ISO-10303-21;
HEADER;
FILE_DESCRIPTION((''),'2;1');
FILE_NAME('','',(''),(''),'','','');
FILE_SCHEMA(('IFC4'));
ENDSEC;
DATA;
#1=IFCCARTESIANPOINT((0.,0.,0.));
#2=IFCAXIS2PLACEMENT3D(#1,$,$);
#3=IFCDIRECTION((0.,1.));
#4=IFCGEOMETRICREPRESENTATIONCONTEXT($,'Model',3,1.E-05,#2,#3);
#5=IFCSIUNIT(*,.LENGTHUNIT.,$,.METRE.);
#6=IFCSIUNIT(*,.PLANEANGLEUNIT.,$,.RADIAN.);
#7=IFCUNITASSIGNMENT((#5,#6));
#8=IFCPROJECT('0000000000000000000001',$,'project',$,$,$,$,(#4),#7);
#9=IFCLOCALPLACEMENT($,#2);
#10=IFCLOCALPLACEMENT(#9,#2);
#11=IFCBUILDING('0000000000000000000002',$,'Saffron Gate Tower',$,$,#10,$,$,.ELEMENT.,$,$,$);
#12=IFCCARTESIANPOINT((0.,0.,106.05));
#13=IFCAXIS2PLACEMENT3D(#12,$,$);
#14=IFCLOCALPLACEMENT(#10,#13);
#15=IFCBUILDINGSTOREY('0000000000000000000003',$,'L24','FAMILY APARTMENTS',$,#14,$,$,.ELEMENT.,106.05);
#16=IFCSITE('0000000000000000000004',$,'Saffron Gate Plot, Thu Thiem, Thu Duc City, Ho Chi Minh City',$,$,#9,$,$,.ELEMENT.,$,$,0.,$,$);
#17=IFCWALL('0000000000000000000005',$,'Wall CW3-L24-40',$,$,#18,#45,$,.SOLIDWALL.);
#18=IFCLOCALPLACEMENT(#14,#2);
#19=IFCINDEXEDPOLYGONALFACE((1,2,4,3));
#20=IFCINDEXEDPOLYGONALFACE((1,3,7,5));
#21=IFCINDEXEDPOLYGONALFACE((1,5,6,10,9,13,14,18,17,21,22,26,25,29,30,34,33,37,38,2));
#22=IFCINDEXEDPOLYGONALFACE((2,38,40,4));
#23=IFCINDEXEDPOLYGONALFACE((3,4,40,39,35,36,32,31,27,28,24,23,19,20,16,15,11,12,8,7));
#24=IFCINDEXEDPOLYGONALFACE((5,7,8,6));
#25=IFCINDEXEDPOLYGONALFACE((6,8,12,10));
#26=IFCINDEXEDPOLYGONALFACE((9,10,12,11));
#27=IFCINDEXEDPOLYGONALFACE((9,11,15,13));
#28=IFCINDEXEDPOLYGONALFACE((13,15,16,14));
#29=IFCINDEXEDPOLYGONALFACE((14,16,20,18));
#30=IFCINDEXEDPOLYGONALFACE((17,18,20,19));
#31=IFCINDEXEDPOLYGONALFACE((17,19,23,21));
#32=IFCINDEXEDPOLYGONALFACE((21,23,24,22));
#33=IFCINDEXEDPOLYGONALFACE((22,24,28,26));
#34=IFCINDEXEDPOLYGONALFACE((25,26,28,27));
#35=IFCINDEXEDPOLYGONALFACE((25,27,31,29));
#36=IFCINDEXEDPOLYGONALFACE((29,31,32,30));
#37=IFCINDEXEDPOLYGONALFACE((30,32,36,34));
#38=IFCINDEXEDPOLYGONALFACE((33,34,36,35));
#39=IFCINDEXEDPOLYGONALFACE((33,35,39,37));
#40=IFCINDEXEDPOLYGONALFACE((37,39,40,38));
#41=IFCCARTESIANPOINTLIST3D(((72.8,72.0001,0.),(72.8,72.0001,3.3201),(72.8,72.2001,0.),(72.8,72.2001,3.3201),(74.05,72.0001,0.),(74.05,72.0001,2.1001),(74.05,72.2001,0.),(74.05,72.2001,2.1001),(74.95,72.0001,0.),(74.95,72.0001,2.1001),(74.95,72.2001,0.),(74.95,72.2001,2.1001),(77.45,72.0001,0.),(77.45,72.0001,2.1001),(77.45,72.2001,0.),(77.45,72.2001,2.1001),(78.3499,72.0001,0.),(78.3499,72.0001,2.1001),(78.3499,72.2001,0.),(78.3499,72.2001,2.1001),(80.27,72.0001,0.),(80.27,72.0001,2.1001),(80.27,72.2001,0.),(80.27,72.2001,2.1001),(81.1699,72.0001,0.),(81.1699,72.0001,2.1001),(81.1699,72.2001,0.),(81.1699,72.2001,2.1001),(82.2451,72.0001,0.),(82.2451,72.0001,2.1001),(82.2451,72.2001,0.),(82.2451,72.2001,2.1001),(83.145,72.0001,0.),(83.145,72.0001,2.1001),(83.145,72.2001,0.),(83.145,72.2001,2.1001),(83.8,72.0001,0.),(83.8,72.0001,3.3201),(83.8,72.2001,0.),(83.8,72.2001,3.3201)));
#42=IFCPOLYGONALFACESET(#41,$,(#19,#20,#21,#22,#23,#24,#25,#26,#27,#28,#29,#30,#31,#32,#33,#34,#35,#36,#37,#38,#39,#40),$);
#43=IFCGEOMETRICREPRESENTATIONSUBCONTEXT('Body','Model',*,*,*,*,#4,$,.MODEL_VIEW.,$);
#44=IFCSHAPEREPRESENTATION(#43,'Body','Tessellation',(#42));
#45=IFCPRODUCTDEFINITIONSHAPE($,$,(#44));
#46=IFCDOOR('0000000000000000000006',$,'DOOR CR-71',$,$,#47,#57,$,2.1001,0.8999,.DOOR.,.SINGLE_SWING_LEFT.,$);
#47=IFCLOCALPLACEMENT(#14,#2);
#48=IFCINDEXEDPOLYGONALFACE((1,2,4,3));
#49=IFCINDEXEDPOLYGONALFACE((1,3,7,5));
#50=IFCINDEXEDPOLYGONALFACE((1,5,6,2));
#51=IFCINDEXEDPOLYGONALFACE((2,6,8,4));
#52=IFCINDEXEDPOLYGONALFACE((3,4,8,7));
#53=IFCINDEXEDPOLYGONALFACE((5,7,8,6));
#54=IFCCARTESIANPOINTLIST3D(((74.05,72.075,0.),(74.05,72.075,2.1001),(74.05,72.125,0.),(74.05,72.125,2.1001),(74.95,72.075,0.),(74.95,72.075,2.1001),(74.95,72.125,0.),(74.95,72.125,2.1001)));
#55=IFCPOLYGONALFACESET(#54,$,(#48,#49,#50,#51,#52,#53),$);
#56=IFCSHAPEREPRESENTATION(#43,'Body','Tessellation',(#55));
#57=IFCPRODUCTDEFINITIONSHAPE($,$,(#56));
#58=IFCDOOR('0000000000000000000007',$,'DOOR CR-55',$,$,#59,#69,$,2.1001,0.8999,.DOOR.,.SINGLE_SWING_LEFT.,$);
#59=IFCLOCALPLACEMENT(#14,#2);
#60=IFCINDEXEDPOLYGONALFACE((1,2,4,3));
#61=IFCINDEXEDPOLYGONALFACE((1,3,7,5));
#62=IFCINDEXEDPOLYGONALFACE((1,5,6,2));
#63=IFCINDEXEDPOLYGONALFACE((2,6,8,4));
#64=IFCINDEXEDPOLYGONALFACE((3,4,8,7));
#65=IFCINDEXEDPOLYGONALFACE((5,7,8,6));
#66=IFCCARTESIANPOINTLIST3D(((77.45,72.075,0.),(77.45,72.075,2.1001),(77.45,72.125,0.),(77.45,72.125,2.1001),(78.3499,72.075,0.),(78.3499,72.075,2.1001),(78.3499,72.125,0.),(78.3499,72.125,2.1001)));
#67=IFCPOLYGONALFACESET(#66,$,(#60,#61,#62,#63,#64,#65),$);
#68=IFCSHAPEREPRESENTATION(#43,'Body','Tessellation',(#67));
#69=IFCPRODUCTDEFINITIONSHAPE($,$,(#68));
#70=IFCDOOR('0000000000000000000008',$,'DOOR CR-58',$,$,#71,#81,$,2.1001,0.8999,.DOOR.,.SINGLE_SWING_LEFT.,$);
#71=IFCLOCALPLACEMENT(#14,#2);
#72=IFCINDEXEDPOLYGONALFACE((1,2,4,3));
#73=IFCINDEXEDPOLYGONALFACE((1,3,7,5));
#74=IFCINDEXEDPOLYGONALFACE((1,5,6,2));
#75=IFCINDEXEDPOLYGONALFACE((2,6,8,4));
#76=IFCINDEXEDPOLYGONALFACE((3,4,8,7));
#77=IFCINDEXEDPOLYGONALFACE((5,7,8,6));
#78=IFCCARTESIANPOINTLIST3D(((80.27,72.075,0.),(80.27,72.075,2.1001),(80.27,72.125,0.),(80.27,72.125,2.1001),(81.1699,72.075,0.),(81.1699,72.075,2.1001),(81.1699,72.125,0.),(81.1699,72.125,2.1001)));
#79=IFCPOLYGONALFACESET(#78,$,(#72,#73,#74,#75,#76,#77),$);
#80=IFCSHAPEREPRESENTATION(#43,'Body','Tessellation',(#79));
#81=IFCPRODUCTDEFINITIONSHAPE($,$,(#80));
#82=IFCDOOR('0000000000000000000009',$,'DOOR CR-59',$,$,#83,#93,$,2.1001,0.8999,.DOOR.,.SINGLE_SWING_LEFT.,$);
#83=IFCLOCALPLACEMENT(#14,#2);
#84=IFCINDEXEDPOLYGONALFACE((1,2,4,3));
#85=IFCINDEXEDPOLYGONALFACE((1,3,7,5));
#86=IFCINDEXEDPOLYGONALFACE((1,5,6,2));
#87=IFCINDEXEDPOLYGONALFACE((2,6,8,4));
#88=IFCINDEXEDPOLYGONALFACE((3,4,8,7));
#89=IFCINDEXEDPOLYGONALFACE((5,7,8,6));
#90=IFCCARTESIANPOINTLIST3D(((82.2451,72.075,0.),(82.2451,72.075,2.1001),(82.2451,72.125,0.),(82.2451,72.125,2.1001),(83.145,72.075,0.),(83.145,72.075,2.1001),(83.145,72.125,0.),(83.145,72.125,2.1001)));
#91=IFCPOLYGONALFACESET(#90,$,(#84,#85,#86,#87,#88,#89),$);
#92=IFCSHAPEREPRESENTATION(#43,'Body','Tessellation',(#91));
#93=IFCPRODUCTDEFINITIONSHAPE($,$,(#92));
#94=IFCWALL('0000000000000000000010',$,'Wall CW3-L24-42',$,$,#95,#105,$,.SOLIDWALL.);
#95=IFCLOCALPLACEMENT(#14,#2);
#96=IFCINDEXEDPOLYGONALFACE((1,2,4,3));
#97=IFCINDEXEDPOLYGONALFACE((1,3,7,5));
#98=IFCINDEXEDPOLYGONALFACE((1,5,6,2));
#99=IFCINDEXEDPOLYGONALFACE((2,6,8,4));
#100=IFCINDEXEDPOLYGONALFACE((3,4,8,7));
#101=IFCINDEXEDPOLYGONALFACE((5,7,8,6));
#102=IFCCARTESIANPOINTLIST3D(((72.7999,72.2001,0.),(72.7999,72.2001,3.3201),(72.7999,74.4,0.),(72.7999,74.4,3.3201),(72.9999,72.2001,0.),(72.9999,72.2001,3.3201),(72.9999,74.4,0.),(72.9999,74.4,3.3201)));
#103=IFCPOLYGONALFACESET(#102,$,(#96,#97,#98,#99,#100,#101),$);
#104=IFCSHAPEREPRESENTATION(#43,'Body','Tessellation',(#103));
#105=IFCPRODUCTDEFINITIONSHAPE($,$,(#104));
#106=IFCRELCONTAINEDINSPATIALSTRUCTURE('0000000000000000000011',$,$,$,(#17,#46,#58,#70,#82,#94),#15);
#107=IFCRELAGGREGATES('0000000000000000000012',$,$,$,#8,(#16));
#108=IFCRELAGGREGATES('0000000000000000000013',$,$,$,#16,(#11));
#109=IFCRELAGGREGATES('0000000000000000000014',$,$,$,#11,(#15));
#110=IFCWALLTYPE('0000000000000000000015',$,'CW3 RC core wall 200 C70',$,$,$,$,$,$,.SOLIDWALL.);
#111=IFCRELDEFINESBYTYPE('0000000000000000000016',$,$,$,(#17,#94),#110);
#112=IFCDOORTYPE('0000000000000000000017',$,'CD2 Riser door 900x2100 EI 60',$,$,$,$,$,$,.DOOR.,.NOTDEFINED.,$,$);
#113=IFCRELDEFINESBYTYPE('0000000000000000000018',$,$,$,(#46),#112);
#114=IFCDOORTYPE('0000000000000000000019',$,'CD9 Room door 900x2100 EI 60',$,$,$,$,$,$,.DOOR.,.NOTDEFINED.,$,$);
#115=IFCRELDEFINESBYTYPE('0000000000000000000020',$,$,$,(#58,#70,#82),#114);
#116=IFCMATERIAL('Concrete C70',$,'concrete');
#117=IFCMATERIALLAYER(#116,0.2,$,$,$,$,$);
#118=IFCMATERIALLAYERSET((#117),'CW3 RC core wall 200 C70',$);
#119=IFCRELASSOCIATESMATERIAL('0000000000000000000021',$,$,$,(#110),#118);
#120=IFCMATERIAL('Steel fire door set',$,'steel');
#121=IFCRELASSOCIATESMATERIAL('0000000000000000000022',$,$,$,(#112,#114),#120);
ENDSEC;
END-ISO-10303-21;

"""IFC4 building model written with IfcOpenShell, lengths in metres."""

from ifc_helpers import new_model, si_unit, direction, frame, frame_2d, origin, place, context, subcontext, project, spatial, rectangle, extrude, material, layer, layer_set, type_object, element, fill, save


model = new_model("IFC4")

# Units and contexts
model_context = context("Model", 3, precision=1e-05, world=origin(), true_north=direction((0.0, 1.0)))
body_context = subcontext(model_context, "Body", "Model", "MODEL_VIEW")
ifc_project = project(units=[si_unit("LENGTHUNIT", "METRE"), si_unit("PLANEANGLEUNIT", "RADIAN")], contexts=[model_context])

# Site, building, storey
site_placement = place(None, origin())
site = spatial("IfcSite", under=ifc_project, at=site_placement, Name="Saffron Gate Plot, Thu Thiem, Thu Duc City, Ho Chi Minh City", CompositionType="ELEMENT", RefElevation=0.0)
building_placement = place(site_placement, origin())
building = spatial("IfcBuilding", under=site, at=building_placement, Name="Saffron Gate Tower", CompositionType="ELEMENT")
storey_placement = place(building_placement, frame((0.0, 0.0, 106.05)))
storey = spatial("IfcBuildingStorey", under=building, at=storey_placement, Name="L24", Description="FAMILY APARTMENTS", CompositionType="ELEMENT", Elevation=106.05)

# Shared definitions
ifc_material_1 = material(Name="Concrete C70", Category="concrete")

# Shared definitions
ifc_layer_1 = layer(ifc_material_1, 0.2)
ifc_layer_set_1 = layer_set([ifc_layer_1], Name="CW3 RC core wall 200 C70")
wall_type_1 = type_object("IfcWallType", Name="CW3 RC core wall 200 C70", PredefinedType="SOLIDWALL", material=ifc_layer_set_1)
ifc_material_2 = material(Name="Steel fire door set", Category="steel")

# Wall, openings, doors
wall_1_placement = place(storey_placement, frame((72.8, 72.1001, 0.0), z_axis=(0.0, 0.0, 1.0), x_axis=(1.0, 0.0, 0.0)))
wall_1 = element("IfcWall", 1, at=wall_1_placement, inside=storey, type_object=wall_type_1, Name="Wall CW3-L24-40", PredefinedType="SOLIDWALL", context=body_context, shape_type="SweptSolid", body=[
    extrude(rectangle(XDim=11.0, YDim=0.2, at=frame_2d((5.5, 0.0))), origin(), (0.0, 0.0, 1.0), 3.3201),
])
opening_1_placement = place(wall_1_placement, frame((1.25, 0.0, 0.0)))
opening_1 = element("IfcOpeningElement", 2, at=opening_1_placement, cuts=wall_1, PredefinedType="OPENING", context=body_context, shape_type="SweptSolid", body=[
    extrude(rectangle(XDim=0.8999, YDim=2.1001, at=frame_2d((0.45, 1.05))), frame((0.0, 0.1099, 0.0), z_axis=(0.0, -1.0, 0.0), x_axis=(1.0, 0.0, 0.0)), (0.0, 0.0, 1.0), 0.22),
])
opening_2_placement = place(wall_1_placement, frame((4.6499, 0.0, 0.0)))
opening_2 = element("IfcOpeningElement", 3, at=opening_2_placement, cuts=wall_1, PredefinedType="OPENING", context=body_context, shape_type="SweptSolid", body=[
    extrude(rectangle(XDim=0.8999, YDim=2.1001, at=frame_2d((0.45, 1.05))), frame((0.0, 0.1099, 0.0), z_axis=(0.0, -1.0, 0.0), x_axis=(1.0, 0.0, 0.0)), (0.0, 0.0, 1.0), 0.22),
])
opening_3_placement = place(wall_1_placement, frame((7.47, 0.0, 0.0)))
opening_3 = element("IfcOpeningElement", 4, at=opening_3_placement, cuts=wall_1, PredefinedType="OPENING", context=body_context, shape_type="SweptSolid", body=[
    extrude(rectangle(XDim=0.8999, YDim=2.1001, at=frame_2d((0.45, 1.05))), frame((0.0, 0.1099, 0.0), z_axis=(0.0, -1.0, 0.0), x_axis=(1.0, 0.0, 0.0)), (0.0, 0.0, 1.0), 0.22),
])
opening_4_placement = place(wall_1_placement, frame((9.4451, 0.0, 0.0)))
opening_4 = element("IfcOpeningElement", 5, at=opening_4_placement, cuts=wall_1, PredefinedType="OPENING", context=body_context, shape_type="SweptSolid", body=[
    extrude(rectangle(XDim=0.8999, YDim=2.1001, at=frame_2d((0.45, 1.05))), frame((0.0, 0.1099, 0.0), z_axis=(0.0, -1.0, 0.0), x_axis=(1.0, 0.0, 0.0)), (0.0, 0.0, 1.0), 0.22),
])
door_type_1 = type_object("IfcDoorType", Name="CD2 Riser door 900x2100 EI 60", OperationType="NOTDEFINED", PredefinedType="DOOR", material=ifc_material_2)
door_1_placement = place(opening_1_placement, origin())
door_1 = element("IfcDoor", 6, at=door_1_placement, inside=storey, type_object=door_type_1, Name="DOOR CR-71", OperationType="SINGLE_SWING_LEFT", OverallHeight=2.1001, OverallWidth=0.8999, PredefinedType="DOOR", context=body_context, shape_type="SweptSolid", body=[
    extrude(rectangle(XDim=0.8999, YDim=2.1001, at=frame_2d((0.45, 1.05))), frame((0.0, 0.0249, 0.0), z_axis=(0.0, -1.0, 0.0), x_axis=(1.0, 0.0, 0.0)), (0.0, 0.0, 1.0), 0.05),
])
fill(opening_1, door_1)
door_type_2 = type_object("IfcDoorType", Name="CD9 Room door 900x2100 EI 60", OperationType="NOTDEFINED", PredefinedType="DOOR", material=ifc_material_2)
door_2_placement = place(opening_2_placement, origin())
door_2 = element("IfcDoor", 7, at=door_2_placement, inside=storey, type_object=door_type_2, Name="DOOR CR-55", OperationType="SINGLE_SWING_LEFT", OverallHeight=2.1001, OverallWidth=0.8999, PredefinedType="DOOR", context=body_context, shape_type="SweptSolid", body=[
    extrude(rectangle(XDim=0.8999, YDim=2.1001, at=frame_2d((0.45, 1.05))), frame((0.0, 0.0249, 0.0), z_axis=(0.0, -1.0, 0.0), x_axis=(1.0, 0.0, 0.0)), (0.0, 0.0, 1.0), 0.05),
])
fill(opening_2, door_2)
door_3_placement = place(opening_3_placement, origin())
door_3 = element("IfcDoor", 8, at=door_3_placement, inside=storey, type_object=door_type_2, Name="DOOR CR-58", OperationType="SINGLE_SWING_LEFT", OverallHeight=2.1001, OverallWidth=0.8999, PredefinedType="DOOR", context=body_context, shape_type="SweptSolid", body=[
    extrude(rectangle(XDim=0.8999, YDim=2.1001, at=frame_2d((0.45, 1.05))), frame((0.0, 0.0249, 0.0), z_axis=(0.0, -1.0, 0.0), x_axis=(1.0, 0.0, 0.0)), (0.0, 0.0, 1.0), 0.05),
])
fill(opening_3, door_3)
door_4_placement = place(opening_4_placement, origin())
door_4 = element("IfcDoor", 9, at=door_4_placement, inside=storey, type_object=door_type_2, Name="DOOR CR-59", OperationType="SINGLE_SWING_LEFT", OverallHeight=2.1001, OverallWidth=0.8999, PredefinedType="DOOR", context=body_context, shape_type="SweptSolid", body=[
    extrude(rectangle(XDim=0.8999, YDim=2.1001, at=frame_2d((0.45, 1.05))), frame((0.0, 0.0249, 0.0), z_axis=(0.0, -1.0, 0.0), x_axis=(1.0, 0.0, 0.0)), (0.0, 0.0, 1.0), 0.05),
])
fill(opening_4, door_4)

# Wall
wall_2_placement = place(storey_placement, frame((72.8999, 72.2, 0.0), z_axis=(0.0, 0.0, 1.0), x_axis=(0.0, 1.0, 0.0)))
element("IfcWall", 10, at=wall_2_placement, inside=storey, type_object=wall_type_1, Name="Wall CW3-L24-42", PredefinedType="SOLIDWALL", context=body_context, shape_type="SweptSolid", body=[
    extrude(rectangle(XDim=2.2, YDim=0.2, at=frame_2d((1.1001, 0.0))), origin(), (0.0, 0.0, 1.0), 3.3201),
])

save(model, "model.ifc")
